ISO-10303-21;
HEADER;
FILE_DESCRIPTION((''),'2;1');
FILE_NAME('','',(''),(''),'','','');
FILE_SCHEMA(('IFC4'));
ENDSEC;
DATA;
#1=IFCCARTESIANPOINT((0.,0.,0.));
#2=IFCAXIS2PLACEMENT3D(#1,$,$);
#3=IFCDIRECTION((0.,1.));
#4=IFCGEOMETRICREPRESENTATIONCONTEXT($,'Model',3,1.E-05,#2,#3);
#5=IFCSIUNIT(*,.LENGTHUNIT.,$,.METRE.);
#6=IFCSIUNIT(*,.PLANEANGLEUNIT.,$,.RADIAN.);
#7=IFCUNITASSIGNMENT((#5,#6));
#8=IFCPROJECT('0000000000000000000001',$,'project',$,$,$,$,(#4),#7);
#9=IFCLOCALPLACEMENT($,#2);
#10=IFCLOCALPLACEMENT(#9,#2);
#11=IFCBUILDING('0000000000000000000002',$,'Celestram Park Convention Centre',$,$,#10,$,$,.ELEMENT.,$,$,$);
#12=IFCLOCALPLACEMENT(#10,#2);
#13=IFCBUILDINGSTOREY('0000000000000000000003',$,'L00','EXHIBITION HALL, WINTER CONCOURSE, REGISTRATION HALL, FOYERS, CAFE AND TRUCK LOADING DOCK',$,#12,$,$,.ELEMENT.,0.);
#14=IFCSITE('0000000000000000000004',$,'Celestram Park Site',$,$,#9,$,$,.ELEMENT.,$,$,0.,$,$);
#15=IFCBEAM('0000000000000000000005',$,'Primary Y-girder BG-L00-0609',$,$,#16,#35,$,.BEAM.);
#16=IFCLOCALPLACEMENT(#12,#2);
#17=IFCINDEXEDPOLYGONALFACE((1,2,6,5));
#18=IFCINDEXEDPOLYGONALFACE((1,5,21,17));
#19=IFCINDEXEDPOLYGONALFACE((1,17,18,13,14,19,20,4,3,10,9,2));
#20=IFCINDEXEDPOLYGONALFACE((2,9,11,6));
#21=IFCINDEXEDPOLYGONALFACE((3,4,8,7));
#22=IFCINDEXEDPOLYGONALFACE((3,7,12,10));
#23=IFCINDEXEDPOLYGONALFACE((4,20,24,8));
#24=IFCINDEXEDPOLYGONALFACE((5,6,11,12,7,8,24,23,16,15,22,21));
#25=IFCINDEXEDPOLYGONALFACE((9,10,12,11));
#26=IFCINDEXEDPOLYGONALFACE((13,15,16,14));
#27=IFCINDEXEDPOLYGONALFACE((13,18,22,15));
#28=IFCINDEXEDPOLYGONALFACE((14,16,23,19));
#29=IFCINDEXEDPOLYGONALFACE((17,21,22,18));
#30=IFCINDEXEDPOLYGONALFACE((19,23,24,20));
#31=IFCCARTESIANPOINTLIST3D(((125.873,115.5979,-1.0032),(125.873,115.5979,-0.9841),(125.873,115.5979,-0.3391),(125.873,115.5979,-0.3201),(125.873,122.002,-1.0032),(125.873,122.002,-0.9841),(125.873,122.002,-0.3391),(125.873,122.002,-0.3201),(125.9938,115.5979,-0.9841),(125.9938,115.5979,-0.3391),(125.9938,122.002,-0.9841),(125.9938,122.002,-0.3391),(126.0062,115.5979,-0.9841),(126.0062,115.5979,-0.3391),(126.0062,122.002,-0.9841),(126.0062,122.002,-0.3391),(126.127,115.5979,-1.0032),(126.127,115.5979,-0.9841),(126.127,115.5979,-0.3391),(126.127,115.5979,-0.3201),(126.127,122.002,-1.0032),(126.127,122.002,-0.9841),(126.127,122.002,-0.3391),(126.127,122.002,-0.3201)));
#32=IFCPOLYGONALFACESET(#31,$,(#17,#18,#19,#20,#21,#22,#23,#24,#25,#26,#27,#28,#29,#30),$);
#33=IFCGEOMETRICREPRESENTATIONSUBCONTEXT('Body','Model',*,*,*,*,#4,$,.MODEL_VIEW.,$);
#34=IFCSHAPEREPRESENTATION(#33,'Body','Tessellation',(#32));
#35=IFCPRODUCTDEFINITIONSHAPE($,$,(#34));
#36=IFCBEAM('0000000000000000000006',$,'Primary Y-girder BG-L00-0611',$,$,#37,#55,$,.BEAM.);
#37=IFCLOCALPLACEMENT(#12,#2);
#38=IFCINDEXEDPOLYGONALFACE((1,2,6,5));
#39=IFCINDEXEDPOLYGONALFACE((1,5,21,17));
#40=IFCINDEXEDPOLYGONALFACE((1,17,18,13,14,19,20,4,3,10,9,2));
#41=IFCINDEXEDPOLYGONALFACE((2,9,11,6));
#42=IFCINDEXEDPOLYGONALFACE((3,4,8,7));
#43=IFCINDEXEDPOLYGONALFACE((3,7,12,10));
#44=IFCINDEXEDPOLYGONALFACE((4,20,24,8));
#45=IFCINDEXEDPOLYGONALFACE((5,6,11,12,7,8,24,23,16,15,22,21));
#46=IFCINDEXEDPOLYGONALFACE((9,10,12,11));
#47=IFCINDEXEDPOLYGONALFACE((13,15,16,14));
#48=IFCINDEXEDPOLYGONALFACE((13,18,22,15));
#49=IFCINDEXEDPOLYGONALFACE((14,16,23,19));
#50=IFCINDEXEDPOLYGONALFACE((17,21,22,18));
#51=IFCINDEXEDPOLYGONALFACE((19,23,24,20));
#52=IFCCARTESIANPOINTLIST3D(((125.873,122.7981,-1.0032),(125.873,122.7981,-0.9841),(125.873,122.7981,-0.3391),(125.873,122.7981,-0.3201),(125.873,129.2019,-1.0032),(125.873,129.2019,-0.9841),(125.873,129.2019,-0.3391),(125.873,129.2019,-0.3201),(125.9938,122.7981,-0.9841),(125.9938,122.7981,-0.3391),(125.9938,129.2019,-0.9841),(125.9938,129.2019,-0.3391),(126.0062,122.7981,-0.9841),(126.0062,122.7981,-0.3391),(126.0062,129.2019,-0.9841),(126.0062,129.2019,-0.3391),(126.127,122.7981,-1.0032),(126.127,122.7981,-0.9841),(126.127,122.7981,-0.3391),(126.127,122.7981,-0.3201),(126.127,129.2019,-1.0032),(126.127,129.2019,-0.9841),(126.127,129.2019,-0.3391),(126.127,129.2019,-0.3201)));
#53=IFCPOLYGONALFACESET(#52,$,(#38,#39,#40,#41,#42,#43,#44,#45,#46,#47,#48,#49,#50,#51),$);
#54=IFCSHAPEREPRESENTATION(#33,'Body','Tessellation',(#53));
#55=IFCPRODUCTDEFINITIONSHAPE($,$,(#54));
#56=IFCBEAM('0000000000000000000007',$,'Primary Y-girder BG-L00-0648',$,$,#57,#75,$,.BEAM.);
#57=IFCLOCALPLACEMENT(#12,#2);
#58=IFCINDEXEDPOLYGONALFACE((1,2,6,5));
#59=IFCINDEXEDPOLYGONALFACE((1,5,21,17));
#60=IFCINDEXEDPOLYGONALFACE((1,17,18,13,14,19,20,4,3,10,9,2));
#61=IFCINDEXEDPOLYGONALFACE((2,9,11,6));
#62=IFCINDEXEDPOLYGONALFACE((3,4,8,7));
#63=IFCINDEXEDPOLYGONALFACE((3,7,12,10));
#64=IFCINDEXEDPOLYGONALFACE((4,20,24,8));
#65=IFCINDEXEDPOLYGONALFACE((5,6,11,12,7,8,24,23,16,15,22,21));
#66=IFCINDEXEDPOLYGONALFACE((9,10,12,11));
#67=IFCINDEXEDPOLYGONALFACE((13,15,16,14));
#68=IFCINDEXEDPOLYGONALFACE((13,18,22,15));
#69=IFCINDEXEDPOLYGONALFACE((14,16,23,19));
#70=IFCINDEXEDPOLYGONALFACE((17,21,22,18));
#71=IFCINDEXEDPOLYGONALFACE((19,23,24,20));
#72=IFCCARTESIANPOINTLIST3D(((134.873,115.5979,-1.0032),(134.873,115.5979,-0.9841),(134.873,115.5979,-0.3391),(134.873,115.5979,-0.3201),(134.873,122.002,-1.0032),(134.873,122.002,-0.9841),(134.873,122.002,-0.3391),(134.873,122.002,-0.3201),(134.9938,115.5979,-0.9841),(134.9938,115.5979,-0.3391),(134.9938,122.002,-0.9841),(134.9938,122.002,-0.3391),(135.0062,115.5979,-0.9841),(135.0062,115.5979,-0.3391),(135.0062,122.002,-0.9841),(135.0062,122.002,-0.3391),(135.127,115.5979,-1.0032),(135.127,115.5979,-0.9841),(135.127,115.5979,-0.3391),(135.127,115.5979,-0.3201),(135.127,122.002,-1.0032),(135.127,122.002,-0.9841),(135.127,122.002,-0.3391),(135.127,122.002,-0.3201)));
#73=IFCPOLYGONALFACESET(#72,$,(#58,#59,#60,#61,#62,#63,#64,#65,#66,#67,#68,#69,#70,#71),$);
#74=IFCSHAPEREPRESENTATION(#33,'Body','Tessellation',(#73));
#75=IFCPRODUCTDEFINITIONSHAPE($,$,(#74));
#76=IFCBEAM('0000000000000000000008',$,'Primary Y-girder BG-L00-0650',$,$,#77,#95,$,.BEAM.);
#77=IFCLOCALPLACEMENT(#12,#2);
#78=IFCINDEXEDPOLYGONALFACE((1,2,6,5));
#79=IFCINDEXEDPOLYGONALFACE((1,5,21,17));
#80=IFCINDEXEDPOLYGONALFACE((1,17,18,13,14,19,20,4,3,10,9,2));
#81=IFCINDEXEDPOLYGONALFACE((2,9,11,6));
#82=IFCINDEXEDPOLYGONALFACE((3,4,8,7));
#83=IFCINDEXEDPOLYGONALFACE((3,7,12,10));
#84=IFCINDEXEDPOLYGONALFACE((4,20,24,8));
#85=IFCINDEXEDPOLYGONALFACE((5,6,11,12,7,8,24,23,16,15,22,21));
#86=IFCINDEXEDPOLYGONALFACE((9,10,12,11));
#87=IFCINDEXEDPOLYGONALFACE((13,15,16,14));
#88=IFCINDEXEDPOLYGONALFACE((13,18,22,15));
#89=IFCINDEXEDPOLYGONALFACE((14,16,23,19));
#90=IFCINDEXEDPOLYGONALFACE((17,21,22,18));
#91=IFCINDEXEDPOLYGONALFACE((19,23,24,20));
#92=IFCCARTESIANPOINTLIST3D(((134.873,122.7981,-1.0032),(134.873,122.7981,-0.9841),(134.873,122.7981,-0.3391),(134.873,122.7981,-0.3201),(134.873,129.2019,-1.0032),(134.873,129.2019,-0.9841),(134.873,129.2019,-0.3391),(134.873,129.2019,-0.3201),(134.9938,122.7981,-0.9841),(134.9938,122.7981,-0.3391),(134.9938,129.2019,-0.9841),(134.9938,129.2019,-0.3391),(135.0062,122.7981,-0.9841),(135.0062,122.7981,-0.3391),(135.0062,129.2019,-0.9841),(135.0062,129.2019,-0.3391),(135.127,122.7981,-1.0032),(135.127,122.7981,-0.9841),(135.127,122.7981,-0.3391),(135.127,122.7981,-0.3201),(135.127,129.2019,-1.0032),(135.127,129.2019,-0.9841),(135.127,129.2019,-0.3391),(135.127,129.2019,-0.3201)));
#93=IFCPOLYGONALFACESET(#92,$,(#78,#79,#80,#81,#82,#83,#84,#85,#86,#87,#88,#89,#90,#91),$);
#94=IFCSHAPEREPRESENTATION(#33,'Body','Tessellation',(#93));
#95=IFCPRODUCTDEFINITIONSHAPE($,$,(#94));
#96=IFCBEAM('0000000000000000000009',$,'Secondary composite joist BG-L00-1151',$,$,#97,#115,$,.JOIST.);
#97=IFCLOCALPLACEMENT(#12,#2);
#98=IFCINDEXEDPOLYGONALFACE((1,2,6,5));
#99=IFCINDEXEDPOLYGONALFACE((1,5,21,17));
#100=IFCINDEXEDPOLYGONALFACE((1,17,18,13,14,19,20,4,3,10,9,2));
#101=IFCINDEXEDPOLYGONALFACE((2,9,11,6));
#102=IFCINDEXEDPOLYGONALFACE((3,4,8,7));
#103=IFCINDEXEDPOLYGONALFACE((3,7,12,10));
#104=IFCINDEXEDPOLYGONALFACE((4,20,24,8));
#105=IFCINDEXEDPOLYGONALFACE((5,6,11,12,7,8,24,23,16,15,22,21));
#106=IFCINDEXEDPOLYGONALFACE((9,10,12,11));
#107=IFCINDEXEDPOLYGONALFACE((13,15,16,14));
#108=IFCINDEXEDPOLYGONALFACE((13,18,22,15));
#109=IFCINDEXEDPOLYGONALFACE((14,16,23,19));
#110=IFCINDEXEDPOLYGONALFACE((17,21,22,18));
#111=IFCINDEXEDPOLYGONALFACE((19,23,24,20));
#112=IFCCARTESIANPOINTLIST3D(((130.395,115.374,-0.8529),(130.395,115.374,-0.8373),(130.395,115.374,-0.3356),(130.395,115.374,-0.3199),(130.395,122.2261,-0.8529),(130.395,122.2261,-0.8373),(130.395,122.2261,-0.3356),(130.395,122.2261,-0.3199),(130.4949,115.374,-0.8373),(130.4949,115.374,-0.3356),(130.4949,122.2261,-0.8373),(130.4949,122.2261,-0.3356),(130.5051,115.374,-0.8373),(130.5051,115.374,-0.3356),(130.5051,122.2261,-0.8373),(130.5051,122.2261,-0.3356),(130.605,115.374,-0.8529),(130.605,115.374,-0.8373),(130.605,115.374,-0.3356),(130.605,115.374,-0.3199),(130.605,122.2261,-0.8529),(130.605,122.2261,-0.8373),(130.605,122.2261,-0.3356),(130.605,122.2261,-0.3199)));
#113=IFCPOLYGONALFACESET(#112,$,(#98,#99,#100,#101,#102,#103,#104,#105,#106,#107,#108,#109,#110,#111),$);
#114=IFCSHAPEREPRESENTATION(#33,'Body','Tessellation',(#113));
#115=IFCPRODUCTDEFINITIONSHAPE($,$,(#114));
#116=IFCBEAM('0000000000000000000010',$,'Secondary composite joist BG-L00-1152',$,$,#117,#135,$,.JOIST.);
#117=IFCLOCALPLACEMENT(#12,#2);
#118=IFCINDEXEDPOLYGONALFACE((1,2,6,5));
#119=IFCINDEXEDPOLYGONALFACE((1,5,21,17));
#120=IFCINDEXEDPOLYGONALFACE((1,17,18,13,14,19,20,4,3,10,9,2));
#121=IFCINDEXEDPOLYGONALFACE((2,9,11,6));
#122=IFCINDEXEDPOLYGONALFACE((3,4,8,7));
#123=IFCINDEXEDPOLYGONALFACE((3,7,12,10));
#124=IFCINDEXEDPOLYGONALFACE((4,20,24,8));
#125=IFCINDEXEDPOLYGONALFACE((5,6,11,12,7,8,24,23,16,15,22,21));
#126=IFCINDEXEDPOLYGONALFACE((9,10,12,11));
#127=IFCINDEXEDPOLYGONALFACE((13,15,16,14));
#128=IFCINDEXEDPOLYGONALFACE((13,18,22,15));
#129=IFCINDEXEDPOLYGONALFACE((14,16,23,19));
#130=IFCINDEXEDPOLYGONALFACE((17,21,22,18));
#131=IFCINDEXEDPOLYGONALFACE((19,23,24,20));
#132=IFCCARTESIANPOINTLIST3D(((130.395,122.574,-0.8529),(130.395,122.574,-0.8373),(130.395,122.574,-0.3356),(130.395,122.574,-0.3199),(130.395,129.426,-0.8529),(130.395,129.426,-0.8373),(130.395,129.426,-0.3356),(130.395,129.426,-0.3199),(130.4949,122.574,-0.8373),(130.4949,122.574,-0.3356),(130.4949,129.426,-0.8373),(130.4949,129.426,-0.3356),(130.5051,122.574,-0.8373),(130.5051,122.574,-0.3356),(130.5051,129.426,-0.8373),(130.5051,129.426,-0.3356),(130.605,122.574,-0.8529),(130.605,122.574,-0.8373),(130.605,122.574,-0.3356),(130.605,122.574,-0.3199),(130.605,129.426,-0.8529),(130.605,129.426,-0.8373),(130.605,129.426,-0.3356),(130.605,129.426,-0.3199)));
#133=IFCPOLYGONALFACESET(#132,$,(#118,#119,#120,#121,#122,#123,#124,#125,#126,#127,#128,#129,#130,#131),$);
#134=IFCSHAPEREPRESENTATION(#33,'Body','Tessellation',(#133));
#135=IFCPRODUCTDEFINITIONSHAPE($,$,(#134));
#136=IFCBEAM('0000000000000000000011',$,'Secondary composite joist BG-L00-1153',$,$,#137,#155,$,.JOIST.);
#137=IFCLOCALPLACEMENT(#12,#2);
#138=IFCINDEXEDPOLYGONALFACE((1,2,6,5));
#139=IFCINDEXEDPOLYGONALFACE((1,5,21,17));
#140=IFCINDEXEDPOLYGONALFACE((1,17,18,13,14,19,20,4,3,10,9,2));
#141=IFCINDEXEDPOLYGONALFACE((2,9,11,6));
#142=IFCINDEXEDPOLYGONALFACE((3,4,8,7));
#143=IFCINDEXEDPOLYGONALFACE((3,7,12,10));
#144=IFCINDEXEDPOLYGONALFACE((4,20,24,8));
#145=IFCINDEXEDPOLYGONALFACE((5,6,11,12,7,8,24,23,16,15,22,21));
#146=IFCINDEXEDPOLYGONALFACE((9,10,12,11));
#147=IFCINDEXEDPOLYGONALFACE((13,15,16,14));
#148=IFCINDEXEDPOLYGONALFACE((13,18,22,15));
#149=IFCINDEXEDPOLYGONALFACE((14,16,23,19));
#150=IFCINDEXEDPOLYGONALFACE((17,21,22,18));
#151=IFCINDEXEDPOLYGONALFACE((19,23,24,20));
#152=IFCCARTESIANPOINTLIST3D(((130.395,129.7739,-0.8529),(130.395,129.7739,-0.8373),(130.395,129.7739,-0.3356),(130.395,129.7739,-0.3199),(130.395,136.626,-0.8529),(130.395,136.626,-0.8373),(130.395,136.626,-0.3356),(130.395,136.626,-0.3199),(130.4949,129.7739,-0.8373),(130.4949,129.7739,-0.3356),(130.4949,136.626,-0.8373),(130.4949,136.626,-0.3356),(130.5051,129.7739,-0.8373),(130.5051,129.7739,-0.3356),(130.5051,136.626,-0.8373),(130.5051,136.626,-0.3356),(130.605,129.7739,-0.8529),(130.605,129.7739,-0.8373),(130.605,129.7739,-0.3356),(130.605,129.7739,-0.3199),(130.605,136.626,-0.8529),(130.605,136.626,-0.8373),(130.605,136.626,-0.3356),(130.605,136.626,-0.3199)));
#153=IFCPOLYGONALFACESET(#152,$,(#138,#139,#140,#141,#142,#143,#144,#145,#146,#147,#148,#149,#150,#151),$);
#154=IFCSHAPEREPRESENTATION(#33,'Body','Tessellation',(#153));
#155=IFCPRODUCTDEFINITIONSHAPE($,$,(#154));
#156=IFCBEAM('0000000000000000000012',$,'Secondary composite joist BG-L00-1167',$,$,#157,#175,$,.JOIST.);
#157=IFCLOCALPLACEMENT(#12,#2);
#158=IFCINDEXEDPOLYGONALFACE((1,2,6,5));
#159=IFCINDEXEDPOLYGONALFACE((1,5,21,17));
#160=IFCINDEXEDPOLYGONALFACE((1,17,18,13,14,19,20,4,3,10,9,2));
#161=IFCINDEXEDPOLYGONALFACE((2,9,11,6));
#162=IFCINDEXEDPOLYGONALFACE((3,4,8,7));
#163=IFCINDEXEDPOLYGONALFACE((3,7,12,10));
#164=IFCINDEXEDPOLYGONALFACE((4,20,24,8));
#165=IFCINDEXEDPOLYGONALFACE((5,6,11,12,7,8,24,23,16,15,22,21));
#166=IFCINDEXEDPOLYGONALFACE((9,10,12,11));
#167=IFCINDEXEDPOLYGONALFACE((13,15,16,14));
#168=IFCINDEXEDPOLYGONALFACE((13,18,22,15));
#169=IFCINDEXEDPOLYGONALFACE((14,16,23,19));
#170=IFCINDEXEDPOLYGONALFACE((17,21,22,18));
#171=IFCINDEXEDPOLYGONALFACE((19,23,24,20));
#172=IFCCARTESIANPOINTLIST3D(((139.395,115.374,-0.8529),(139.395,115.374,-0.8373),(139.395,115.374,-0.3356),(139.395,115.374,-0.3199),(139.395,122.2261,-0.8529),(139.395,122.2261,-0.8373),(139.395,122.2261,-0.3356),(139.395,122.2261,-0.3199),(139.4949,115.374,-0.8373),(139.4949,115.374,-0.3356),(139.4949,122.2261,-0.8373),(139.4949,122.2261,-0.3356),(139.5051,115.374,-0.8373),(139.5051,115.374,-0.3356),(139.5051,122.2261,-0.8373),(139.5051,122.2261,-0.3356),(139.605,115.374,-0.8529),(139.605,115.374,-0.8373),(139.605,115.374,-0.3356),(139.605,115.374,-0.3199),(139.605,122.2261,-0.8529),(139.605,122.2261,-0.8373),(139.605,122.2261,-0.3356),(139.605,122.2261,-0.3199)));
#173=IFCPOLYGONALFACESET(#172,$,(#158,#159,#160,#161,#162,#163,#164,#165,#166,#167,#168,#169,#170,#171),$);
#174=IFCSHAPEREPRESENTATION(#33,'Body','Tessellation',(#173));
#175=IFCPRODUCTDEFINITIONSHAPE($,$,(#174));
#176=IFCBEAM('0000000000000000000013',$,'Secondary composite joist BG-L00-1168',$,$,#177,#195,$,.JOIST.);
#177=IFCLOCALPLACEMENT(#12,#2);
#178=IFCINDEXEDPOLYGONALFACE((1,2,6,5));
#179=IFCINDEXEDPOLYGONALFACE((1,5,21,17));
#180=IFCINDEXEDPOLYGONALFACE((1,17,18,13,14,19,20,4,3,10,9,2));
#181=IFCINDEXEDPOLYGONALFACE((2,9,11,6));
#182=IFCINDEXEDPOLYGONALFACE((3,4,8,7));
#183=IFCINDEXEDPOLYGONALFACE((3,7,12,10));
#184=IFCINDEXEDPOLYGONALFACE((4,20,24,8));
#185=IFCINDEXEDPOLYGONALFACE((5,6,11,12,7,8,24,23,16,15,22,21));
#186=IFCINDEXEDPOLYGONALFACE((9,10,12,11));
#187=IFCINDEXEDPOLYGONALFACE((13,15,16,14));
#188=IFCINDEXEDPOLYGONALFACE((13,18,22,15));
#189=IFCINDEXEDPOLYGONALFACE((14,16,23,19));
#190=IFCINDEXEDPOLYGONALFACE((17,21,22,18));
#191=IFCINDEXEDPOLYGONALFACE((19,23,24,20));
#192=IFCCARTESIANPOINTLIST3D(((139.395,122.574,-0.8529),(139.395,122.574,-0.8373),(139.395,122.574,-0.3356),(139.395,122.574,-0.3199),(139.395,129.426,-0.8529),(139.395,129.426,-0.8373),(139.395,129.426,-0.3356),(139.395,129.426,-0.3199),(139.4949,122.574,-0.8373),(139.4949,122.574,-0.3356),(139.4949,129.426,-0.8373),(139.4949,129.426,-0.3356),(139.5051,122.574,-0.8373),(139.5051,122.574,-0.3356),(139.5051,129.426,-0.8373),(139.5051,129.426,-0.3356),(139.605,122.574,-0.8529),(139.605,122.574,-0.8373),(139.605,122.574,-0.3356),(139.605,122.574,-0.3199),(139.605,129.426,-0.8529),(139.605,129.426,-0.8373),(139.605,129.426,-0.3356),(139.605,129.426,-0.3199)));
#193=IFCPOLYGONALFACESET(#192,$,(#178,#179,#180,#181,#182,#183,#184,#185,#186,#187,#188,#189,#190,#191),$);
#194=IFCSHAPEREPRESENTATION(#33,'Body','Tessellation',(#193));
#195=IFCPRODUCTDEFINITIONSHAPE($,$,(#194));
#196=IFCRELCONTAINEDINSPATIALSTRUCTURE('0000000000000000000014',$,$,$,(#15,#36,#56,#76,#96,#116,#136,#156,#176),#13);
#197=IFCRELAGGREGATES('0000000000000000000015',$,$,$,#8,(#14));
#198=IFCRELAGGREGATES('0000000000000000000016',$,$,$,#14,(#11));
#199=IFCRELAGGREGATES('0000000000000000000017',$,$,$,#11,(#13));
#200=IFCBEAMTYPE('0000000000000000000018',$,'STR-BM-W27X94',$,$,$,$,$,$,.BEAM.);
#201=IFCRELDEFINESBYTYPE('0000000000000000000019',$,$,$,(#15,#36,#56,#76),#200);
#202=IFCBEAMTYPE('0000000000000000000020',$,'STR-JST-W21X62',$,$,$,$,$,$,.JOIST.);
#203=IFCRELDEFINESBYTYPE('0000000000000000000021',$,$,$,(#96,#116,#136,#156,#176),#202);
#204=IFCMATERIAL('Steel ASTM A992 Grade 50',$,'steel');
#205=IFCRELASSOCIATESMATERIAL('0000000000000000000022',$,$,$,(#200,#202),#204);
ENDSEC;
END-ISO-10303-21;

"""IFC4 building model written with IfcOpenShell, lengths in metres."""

from ifc_helpers import new_model, si_unit, direction, frame, origin, origin_2d, place, context, subcontext, project, spatial, i_section, extrude, material, material_profile, profile_set, type_object, element, save


model = new_model("IFC4")

# Units and contexts
model_context = context("Model", 3, precision=1e-05, world=origin(), true_north=direction((0.0, 1.0)))
body_context = subcontext(model_context, "Body", "Model", "MODEL_VIEW")
ifc_project = project(units=[si_unit("LENGTHUNIT", "METRE"), si_unit("PLANEANGLEUNIT", "RADIAN")], contexts=[model_context])

# Site, building, storey
site_placement = place(None, origin())
site = spatial("IfcSite", under=ifc_project, at=site_placement, Name="Celestram Park Site", CompositionType="ELEMENT", RefElevation=0.0)
building_placement = place(site_placement, origin())
building = spatial("IfcBuilding", under=site, at=building_placement, Name="Celestram Park Convention Centre", CompositionType="ELEMENT")
storey_placement = place(building_placement, origin())
storey = spatial("IfcBuildingStorey", under=building, at=storey_placement, Name="L00", Description="EXHIBITION HALL, WINTER CONCOURSE, REGISTRATION HALL, FOYERS, CAFE AND TRUCK LOADING DOCK", CompositionType="ELEMENT", Elevation=0.0)

# Beams
ifc_material_1 = material(Name="Steel ASTM A992 Grade 50", Category="steel")
ifc_material_profile_1 = material_profile(ifc_material_1, i_section(OverallWidth=0.2539, OverallDepth=0.6831, WebThickness=0.0125, FlangeThickness=0.019, at=origin_2d()), Name="W27X94")
ifc_profile_set_1 = profile_set([ifc_material_profile_1], Name="Steel ASTM A992 Grade 50")
beam_type_1 = type_object("IfcBeamType", Name="STR-BM-W27X94", PredefinedType="BEAM", material=ifc_profile_set_1)
beam_1_placement = place(storey_placement, frame((126.0, 115.5979, -0.6616), z_axis=(0.0, 1.0, 0.0), x_axis=(-1.0, 0.0, 0.0)))
element("IfcBeam", 1, at=beam_1_placement, inside=storey, type_object=beam_type_1, Name="Primary Y-girder BG-L00-0609", PredefinedType="BEAM", context=body_context, shape_type="SweptSolid", body=[
    extrude(i_section(OverallWidth=0.2539, OverallDepth=0.6831, WebThickness=0.0125, FlangeThickness=0.019, at=origin_2d()), origin(), (0.0, 0.0, 1.0), 6.4041),
])
beam_2_placement = place(storey_placement, frame((126.0, 122.7981, -0.6616), z_axis=(0.0, 1.0, 0.0), x_axis=(-1.0, 0.0, 0.0)))
element("IfcBeam", 2, at=beam_2_placement, inside=storey, type_object=beam_type_1, Name="Primary Y-girder BG-L00-0611", PredefinedType="BEAM", context=body_context, shape_type="SweptSolid", body=[
    extrude(i_section(OverallWidth=0.2539, OverallDepth=0.6831, WebThickness=0.0125, FlangeThickness=0.019, at=origin_2d()), origin(), (0.0, 0.0, 1.0), 6.4038),
])
beam_3_placement = place(storey_placement, frame((135.0, 115.5979, -0.6616), z_axis=(0.0, 1.0, 0.0), x_axis=(-1.0, 0.0, 0.0)))
element("IfcBeam", 3, at=beam_3_placement, inside=storey, type_object=beam_type_1, Name="Primary Y-girder BG-L00-0648", PredefinedType="BEAM", context=body_context, shape_type="SweptSolid", body=[
    extrude(i_section(OverallWidth=0.2539, OverallDepth=0.6831, WebThickness=0.0125, FlangeThickness=0.019, at=origin_2d()), origin(), (0.0, 0.0, 1.0), 6.4041),
])
beam_4_placement = place(storey_placement, frame((135.0, 122.7981, -0.6616), z_axis=(0.0, 1.0, 0.0), x_axis=(-1.0, 0.0, 0.0)))
element("IfcBeam", 4, at=beam_4_placement, inside=storey, type_object=beam_type_1, Name="Primary Y-girder BG-L00-0650", PredefinedType="BEAM", context=body_context, shape_type="SweptSolid", body=[
    extrude(i_section(OverallWidth=0.2539, OverallDepth=0.6831, WebThickness=0.0125, FlangeThickness=0.019, at=origin_2d()), origin(), (0.0, 0.0, 1.0), 6.4038),
])
ifc_material_profile_2 = material_profile(ifc_material_1, i_section(OverallWidth=0.21, OverallDepth=0.533, WebThickness=0.0103, FlangeThickness=0.0156, at=origin_2d()), Name="W21X62")
ifc_profile_set_2 = profile_set([ifc_material_profile_2], Name="Steel ASTM A992 Grade 50")
beam_type_2 = type_object("IfcBeamType", Name="STR-JST-W21X62", PredefinedType="JOIST", material=ifc_profile_set_2)
for number, where, z_axis, x_axis, name in (
    (5, (130.5, 115.374, -0.5864), (0.0, 1.0, 0.0), (-1.0, 0.0, 0.0), "Secondary composite joist BG-L00-1151"),
    (6, (130.5, 122.574, -0.5864), (0.0, 1.0, 0.0), (-1.0, 0.0, 0.0), "Secondary composite joist BG-L00-1152"),
    (7, (130.5, 129.7739, -0.5864), (0.0, 1.0, 0.0), (-1.0, 0.0, 0.0), "Secondary composite joist BG-L00-1153"),
    (8, (139.5, 115.374, -0.5864), (0.0, 1.0, 0.0), (-1.0, 0.0, 0.0), "Secondary composite joist BG-L00-1167"),
    (9, (139.5, 122.574, -0.5864), (0.0, 1.0, 0.0), (-1.0, 0.0, 0.0), "Secondary composite joist BG-L00-1168"),
):
    element("IfcBeam", number, at=place(storey_placement, frame(where, z_axis=z_axis, x_axis=x_axis)), inside=storey, type_object=beam_type_2, Name=name, PredefinedType="JOIST", context=body_context, shape_type="SweptSolid", body=[
        extrude(i_section(OverallWidth=0.21, OverallDepth=0.533, WebThickness=0.0103, FlangeThickness=0.0156, at=origin_2d()), origin(), (0.0, 0.0, 1.0), 6.8521),
    ])

save(model, "model.ifc")
